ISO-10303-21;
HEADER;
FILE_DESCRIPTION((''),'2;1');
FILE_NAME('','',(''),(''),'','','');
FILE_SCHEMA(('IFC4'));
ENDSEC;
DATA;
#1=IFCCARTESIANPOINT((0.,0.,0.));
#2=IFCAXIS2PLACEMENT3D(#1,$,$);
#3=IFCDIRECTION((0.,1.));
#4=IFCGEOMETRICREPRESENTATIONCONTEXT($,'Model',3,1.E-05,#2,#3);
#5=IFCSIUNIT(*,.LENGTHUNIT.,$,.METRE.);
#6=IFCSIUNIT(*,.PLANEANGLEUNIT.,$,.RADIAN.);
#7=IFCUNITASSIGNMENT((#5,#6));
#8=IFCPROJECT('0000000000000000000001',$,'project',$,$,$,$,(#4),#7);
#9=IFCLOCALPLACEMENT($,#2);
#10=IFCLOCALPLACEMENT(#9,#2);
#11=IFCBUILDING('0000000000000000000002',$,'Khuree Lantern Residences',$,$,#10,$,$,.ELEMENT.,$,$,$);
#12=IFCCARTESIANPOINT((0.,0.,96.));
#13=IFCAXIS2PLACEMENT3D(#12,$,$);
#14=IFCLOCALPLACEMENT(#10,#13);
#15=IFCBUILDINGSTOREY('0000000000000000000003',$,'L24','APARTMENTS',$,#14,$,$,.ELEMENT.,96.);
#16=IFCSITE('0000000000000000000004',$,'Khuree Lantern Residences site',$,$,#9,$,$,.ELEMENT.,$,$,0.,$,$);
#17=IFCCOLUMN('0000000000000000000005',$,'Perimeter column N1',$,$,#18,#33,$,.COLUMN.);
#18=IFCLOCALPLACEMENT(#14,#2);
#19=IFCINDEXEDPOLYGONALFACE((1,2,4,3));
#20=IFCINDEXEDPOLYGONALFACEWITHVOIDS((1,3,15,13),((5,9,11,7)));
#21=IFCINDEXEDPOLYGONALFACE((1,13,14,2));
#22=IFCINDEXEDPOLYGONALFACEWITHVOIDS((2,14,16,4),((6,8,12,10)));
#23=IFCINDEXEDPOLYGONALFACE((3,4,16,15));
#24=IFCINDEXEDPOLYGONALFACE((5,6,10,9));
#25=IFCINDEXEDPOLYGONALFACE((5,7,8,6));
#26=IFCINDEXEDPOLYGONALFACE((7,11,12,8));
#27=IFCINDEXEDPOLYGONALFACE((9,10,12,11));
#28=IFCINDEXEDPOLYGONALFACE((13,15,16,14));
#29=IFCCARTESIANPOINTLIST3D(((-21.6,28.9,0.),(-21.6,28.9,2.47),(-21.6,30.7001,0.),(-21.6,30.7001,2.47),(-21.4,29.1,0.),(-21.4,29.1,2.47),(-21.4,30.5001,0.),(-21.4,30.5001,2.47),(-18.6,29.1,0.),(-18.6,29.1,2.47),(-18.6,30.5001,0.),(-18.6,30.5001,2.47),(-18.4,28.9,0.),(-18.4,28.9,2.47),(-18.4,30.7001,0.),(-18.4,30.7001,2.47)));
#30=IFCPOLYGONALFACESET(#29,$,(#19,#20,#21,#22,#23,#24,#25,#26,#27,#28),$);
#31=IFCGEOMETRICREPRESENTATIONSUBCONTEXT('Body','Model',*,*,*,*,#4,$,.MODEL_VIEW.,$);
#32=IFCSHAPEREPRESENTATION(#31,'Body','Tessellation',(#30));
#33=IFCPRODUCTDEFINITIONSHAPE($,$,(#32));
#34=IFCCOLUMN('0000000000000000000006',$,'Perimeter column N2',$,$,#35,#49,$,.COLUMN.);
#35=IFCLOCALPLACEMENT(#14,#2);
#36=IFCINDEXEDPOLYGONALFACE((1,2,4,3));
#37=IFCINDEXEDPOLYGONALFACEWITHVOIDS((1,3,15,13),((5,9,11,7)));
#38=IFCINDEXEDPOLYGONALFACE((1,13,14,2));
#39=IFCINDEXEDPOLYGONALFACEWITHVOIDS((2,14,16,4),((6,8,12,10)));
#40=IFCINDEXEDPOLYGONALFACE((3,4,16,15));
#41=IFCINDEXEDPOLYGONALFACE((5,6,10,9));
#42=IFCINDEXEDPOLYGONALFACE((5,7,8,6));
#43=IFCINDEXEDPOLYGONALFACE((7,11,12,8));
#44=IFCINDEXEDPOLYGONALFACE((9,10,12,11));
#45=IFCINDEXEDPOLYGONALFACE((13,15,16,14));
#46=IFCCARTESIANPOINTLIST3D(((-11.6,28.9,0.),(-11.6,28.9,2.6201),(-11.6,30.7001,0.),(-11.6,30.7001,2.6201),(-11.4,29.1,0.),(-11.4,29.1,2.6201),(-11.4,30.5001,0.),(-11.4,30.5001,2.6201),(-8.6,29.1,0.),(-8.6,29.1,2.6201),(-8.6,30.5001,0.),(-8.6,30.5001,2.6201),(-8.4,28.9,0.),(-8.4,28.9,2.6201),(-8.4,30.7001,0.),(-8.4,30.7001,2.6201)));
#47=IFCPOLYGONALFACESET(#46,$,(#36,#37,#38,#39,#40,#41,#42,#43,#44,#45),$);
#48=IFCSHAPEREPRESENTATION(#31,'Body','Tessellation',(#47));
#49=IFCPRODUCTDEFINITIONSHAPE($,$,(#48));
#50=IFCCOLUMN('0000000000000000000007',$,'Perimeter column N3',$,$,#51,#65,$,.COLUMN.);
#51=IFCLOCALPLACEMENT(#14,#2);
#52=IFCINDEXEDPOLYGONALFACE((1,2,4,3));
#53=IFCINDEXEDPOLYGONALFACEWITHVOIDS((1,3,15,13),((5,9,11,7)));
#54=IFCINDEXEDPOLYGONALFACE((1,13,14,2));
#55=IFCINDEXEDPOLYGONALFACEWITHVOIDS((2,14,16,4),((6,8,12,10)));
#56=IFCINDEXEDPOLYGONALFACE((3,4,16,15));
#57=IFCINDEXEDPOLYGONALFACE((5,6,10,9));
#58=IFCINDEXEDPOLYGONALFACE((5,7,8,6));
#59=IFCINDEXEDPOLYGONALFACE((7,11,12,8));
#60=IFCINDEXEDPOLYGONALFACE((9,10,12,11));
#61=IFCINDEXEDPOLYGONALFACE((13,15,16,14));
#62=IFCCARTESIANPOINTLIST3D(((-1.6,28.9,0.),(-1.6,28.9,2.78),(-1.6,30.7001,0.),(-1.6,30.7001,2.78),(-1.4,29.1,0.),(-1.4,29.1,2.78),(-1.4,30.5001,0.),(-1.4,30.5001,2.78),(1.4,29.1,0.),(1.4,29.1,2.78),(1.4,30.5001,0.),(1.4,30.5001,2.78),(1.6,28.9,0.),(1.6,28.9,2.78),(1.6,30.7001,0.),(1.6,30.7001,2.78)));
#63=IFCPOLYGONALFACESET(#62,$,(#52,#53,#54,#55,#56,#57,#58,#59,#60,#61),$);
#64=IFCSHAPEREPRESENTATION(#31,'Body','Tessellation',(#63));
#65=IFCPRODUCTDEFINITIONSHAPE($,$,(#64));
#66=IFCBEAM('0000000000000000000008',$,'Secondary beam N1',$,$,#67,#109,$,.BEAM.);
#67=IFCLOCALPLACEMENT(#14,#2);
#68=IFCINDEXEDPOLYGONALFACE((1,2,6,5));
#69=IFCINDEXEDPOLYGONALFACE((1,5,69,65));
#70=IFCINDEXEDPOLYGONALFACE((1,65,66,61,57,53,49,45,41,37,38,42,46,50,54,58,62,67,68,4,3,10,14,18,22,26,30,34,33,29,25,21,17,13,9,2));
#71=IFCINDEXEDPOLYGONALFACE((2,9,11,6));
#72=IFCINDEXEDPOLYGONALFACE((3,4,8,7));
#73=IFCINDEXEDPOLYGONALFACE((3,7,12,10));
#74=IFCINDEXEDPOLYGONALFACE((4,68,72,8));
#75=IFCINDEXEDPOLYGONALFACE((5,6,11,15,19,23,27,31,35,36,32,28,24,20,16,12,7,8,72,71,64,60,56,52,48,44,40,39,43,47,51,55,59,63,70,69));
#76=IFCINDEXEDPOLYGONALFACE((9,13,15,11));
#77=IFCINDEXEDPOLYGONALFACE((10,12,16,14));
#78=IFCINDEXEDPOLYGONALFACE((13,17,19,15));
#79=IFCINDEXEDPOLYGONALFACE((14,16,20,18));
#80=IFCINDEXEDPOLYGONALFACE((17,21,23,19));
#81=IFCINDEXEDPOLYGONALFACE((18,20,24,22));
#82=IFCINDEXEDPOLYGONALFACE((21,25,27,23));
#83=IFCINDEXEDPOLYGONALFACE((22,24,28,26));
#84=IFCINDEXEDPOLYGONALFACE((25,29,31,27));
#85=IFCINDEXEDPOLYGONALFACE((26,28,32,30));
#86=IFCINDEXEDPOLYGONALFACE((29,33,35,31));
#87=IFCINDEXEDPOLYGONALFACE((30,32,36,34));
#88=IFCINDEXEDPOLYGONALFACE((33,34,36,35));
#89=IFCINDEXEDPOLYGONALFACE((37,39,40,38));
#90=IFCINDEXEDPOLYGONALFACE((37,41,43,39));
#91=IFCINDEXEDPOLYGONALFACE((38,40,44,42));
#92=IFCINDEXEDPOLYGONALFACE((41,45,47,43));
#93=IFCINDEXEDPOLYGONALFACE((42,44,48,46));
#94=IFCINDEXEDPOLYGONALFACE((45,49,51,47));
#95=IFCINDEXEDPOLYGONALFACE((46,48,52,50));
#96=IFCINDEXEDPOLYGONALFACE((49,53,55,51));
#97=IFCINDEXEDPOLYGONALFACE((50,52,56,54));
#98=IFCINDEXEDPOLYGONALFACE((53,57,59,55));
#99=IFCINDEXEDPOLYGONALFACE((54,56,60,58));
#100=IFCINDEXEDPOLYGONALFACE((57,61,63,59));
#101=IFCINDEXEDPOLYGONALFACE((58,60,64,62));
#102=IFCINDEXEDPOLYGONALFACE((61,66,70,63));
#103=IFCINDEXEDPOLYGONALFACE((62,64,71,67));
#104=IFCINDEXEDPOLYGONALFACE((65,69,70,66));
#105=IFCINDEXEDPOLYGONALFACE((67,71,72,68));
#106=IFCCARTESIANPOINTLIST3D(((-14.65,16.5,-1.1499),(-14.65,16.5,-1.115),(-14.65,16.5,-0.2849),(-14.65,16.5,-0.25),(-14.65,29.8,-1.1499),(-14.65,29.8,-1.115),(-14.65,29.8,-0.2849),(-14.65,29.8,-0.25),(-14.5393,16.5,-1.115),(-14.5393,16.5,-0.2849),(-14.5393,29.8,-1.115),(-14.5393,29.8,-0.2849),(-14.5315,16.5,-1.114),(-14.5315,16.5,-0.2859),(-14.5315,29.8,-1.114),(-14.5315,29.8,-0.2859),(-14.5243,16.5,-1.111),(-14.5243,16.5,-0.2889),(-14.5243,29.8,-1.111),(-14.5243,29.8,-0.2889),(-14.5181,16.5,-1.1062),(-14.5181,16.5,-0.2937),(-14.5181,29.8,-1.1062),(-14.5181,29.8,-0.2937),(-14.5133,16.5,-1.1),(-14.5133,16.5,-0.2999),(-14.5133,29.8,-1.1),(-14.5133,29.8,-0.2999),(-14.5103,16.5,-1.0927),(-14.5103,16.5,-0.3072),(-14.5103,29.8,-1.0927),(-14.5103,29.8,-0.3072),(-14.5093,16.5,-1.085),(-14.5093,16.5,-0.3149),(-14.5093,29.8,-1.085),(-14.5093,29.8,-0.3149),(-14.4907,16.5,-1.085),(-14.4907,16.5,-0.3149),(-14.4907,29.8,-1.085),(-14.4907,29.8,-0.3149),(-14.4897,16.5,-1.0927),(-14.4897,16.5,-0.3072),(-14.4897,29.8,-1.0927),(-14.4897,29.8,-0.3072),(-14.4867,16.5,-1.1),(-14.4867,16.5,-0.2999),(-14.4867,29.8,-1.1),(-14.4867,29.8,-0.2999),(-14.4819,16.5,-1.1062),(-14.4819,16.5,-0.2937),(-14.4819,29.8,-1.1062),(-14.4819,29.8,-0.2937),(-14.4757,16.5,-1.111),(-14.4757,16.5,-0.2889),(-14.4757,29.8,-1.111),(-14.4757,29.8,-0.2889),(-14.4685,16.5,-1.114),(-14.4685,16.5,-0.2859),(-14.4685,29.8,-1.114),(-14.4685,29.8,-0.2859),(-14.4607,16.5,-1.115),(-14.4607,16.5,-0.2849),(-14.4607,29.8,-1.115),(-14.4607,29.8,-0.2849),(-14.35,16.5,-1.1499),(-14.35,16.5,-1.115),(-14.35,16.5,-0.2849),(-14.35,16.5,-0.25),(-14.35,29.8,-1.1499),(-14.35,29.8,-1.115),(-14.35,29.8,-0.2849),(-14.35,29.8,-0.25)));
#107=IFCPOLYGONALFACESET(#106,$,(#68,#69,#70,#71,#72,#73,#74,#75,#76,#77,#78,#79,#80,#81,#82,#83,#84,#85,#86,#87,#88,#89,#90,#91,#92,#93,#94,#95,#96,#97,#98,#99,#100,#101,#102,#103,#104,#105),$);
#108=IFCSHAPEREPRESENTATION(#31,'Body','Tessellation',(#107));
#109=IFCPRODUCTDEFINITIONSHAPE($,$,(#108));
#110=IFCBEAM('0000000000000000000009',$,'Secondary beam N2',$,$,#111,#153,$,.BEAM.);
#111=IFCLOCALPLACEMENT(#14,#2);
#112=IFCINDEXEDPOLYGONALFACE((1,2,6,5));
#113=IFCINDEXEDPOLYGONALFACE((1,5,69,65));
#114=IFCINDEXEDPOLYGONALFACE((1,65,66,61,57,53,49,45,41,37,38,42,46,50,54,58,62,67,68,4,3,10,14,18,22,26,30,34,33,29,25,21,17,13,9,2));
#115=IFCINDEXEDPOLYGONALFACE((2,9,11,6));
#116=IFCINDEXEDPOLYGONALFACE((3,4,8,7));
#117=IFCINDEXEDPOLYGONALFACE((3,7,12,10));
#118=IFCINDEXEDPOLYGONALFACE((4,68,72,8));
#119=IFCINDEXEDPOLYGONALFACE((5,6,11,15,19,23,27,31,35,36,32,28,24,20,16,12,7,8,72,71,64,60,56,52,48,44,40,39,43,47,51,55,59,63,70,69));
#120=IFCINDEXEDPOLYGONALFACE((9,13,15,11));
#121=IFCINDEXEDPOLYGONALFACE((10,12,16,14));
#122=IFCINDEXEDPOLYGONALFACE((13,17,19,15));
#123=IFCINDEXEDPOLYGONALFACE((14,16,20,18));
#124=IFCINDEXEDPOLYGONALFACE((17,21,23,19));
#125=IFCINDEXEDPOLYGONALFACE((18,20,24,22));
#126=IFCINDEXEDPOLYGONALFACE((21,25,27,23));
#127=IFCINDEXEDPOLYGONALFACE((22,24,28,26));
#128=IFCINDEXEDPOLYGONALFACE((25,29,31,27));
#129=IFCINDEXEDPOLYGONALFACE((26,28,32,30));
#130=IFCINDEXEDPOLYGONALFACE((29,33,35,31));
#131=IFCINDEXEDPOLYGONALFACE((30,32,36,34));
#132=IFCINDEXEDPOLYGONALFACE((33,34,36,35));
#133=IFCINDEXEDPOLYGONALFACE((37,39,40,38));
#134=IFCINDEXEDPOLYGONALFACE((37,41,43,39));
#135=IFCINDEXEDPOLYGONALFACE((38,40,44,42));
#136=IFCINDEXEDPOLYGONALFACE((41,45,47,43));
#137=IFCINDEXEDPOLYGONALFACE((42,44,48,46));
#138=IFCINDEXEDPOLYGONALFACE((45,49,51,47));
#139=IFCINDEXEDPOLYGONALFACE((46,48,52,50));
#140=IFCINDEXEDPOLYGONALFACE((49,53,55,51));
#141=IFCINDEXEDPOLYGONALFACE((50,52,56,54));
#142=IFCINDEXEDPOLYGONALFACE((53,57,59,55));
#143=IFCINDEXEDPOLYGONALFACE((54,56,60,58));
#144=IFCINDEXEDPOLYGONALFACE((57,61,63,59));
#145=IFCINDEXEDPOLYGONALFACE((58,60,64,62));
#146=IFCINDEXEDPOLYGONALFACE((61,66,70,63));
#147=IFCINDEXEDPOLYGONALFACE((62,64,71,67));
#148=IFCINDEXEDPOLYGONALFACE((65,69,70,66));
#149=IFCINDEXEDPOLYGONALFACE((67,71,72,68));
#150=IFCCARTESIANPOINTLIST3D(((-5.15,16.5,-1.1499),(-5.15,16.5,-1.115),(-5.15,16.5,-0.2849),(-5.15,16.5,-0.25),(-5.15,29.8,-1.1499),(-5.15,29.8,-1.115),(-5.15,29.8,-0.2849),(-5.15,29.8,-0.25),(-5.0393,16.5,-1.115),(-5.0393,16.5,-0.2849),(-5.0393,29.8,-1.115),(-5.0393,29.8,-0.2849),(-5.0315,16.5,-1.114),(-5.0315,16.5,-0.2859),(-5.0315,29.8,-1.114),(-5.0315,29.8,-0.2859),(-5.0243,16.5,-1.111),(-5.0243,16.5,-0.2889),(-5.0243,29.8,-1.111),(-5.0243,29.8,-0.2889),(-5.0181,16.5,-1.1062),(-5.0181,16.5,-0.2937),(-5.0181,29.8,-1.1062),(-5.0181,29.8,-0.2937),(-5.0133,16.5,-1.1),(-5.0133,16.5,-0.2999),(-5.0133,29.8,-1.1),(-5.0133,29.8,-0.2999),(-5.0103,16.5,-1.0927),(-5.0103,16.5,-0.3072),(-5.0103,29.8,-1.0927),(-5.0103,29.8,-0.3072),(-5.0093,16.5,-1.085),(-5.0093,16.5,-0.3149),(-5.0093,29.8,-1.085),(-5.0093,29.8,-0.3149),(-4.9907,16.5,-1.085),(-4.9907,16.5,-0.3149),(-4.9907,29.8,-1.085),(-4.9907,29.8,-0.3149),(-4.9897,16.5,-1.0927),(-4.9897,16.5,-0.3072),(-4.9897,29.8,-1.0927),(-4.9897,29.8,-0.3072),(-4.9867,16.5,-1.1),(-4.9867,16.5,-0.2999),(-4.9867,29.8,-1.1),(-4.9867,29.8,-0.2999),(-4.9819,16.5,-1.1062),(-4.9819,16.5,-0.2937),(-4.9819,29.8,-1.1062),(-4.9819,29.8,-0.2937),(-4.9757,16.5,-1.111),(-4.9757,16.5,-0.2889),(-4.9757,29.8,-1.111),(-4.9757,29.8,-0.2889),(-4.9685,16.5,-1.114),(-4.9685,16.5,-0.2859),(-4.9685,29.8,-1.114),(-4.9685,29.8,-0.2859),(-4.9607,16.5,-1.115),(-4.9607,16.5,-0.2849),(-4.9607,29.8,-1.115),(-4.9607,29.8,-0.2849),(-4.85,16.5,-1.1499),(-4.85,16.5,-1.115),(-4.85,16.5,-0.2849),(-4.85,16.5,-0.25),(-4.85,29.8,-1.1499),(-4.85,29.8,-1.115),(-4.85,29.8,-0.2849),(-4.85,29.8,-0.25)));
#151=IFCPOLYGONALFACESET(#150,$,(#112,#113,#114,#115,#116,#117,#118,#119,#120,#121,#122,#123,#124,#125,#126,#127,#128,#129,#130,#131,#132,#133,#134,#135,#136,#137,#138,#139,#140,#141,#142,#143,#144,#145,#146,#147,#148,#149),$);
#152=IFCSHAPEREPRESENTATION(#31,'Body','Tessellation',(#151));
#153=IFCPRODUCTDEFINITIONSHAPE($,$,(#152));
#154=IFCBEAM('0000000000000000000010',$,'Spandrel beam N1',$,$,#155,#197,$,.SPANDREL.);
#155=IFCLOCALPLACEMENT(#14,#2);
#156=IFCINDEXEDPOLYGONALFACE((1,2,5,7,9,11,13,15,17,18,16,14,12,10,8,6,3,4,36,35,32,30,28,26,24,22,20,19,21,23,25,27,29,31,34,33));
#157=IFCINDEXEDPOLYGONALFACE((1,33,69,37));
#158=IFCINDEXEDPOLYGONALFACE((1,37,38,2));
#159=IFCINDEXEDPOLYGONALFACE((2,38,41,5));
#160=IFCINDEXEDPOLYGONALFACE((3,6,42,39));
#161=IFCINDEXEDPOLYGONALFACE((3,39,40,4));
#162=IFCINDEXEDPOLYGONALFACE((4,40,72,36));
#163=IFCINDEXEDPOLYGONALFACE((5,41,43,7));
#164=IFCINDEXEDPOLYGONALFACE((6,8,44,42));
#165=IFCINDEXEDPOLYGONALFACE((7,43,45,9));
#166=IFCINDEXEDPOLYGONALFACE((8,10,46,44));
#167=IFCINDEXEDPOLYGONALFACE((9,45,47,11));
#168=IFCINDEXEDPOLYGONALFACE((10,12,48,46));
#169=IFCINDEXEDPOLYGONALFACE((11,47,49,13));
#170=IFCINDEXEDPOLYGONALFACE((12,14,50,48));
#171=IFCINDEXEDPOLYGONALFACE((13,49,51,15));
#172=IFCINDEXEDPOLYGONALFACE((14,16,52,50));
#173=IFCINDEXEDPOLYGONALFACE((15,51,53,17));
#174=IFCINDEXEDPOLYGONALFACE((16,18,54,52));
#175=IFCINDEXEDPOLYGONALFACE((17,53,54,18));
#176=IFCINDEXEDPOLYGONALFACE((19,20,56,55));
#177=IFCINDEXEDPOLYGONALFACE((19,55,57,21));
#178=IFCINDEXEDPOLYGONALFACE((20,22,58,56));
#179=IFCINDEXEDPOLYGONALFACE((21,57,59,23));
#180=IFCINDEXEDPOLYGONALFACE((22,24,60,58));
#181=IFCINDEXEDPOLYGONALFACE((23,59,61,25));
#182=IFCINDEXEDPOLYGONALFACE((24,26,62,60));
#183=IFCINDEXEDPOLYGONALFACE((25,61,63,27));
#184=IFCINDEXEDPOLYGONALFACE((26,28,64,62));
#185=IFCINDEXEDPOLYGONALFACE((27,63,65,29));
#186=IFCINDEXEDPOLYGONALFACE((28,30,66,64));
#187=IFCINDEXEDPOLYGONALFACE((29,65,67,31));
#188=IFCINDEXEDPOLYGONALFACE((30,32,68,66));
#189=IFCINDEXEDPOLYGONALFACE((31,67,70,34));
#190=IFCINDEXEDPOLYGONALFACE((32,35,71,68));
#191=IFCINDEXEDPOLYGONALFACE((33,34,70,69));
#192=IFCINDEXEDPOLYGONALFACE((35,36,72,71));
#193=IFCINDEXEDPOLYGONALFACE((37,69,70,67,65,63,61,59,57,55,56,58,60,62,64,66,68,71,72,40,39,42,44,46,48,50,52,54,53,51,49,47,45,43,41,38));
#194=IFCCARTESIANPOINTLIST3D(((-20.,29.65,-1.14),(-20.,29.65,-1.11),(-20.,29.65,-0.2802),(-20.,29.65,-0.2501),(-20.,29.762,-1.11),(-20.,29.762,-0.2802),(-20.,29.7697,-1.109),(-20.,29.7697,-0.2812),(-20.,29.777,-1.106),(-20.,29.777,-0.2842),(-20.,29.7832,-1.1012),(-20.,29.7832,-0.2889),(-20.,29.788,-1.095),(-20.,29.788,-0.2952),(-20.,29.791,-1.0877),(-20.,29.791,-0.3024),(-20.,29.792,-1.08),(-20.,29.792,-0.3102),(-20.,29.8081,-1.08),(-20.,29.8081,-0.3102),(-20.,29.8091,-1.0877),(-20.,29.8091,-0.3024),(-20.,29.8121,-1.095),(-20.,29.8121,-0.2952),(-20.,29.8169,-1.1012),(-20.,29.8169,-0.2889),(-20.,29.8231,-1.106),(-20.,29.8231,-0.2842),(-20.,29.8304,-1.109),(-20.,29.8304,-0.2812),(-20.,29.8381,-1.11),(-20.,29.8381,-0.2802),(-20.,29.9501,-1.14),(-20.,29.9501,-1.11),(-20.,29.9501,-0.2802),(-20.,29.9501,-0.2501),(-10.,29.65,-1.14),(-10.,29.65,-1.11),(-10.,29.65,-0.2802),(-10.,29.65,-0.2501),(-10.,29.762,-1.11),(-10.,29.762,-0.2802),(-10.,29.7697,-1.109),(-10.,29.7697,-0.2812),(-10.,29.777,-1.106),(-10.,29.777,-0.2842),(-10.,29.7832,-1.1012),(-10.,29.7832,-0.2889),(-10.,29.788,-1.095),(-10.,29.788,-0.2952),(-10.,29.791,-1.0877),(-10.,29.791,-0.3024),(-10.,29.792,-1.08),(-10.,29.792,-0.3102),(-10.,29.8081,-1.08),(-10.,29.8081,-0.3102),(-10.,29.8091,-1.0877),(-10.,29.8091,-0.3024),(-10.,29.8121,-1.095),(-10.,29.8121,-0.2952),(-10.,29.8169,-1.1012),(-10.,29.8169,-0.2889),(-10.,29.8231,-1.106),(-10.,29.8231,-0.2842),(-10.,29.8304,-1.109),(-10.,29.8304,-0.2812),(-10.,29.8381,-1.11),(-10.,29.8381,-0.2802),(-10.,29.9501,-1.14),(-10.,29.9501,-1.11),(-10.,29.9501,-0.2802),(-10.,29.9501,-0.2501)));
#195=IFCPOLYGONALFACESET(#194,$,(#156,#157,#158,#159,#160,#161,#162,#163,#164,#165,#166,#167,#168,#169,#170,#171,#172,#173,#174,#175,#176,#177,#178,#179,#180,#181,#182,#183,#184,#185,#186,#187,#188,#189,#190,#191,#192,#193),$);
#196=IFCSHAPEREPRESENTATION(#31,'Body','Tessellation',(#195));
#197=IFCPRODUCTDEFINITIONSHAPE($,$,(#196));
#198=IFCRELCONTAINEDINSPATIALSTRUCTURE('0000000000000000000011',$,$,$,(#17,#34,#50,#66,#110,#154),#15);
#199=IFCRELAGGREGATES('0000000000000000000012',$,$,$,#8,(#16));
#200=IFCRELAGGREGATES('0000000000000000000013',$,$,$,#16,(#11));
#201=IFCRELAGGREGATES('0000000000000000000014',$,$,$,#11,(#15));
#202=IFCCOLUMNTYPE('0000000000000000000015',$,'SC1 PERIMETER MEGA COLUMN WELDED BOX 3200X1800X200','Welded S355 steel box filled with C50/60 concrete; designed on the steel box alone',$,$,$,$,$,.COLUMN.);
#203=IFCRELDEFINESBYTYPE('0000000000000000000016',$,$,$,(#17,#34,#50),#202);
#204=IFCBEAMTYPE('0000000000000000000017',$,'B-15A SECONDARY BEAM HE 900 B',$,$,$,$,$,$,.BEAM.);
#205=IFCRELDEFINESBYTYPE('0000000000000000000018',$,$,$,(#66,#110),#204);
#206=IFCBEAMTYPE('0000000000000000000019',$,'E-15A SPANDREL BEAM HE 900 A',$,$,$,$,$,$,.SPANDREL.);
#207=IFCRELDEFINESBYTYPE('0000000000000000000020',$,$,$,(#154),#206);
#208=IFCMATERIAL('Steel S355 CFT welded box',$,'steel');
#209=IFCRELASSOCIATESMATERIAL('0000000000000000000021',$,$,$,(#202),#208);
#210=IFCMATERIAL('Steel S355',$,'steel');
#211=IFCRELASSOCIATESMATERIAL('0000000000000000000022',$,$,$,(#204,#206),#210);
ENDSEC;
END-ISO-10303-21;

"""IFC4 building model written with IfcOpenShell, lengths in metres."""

from ifc_helpers import new_model, si_unit, direction, frame, origin, origin_2d, place, context, subcontext, project, spatial, hollow_rectangle, i_section, extrude, material, material_profile, profile_set, type_object, element, save


model = new_model("IFC4")

# Units and contexts
model_context = context("Model", 3, precision=1e-05, world=origin(), true_north=direction((0.0, 1.0)))
body_context = subcontext(model_context, "Body", "Model", "MODEL_VIEW")
ifc_project = project(units=[si_unit("LENGTHUNIT", "METRE"), si_unit("PLANEANGLEUNIT", "RADIAN")], contexts=[model_context])

# Site, building, storey
site_placement = place(None, origin())
site = spatial("IfcSite", under=ifc_project, at=site_placement, Name="Khuree Lantern Residences site", CompositionType="ELEMENT", RefElevation=0.0)
building_placement = place(site_placement, origin())
building = spatial("IfcBuilding", under=site, at=building_placement, Name="Khuree Lantern Residences", CompositionType="ELEMENT")
storey_placement = place(building_placement, frame((0.0, 0.0, 96.0)))
storey = spatial("IfcBuildingStorey", under=building, at=storey_placement, Name="L24", Description="APARTMENTS", CompositionType="ELEMENT", Elevation=96.0)

# Columns
ifc_material_1 = material(Name="Steel S355 CFT welded box", Category="steel")
ifc_material_profile_1 = material_profile(ifc_material_1, hollow_rectangle(XDim=3.2, YDim=1.8, WallThickness=0.2, at=origin_2d()), Name="WELDED BOX 3200X1800X200")
ifc_profile_set_1 = profile_set([ifc_material_profile_1], Name="Steel S355 CFT welded box")
column_type = type_object("IfcColumnType", Name="SC1 PERIMETER MEGA COLUMN WELDED BOX 3200X1800X200", Description="Welded S355 steel box filled with C50/60 concrete; designed on the steel box alone", PredefinedType="COLUMN", material=ifc_profile_set_1)
column_1_placement = place(storey_placement, frame((-20.0, 29.8, 0.0), z_axis=(0.0, 0.0, 1.0), x_axis=(1.0, 0.0, 0.0)))
element("IfcColumn", 1, at=column_1_placement, inside=storey, type_object=column_type, Name="Perimeter column N1", PredefinedType="COLUMN", context=body_context, shape_type="SweptSolid", body=[
    extrude(hollow_rectangle(XDim=3.2, YDim=1.8, WallThickness=0.2, at=origin_2d()), origin(), (0.0, 0.0, 1.0), 2.47),
])
column_2_placement = place(storey_placement, frame((-10.0, 29.8, 0.0), z_axis=(0.0, 0.0, 1.0), x_axis=(1.0, 0.0, 0.0)))
element("IfcColumn", 2, at=column_2_placement, inside=storey, type_object=column_type, Name="Perimeter column N2", PredefinedType="COLUMN", context=body_context, shape_type="SweptSolid", body=[
    extrude(hollow_rectangle(XDim=3.2, YDim=1.8, WallThickness=0.2, at=origin_2d()), origin(), (0.0, 0.0, 1.0), 2.6201),
])
column_3_placement = place(storey_placement, frame((0.0, 29.8, 0.0), z_axis=(0.0, 0.0, 1.0), x_axis=(1.0, 0.0, 0.0)))
element("IfcColumn", 3, at=column_3_placement, inside=storey, type_object=column_type, Name="Perimeter column N3", PredefinedType="COLUMN", context=body_context, shape_type="SweptSolid", body=[
    extrude(hollow_rectangle(XDim=3.2, YDim=1.8, WallThickness=0.2, at=origin_2d()), origin(), (0.0, 0.0, 1.0), 2.78),
])

# Beams
ifc_material_2 = material(Name="Steel S355", Category="steel")
ifc_material_profile_2 = material_profile(ifc_material_2, i_section(OverallWidth=0.3, OverallDepth=0.8999, WebThickness=0.0186, FlangeThickness=0.0349, FilletRadius=0.03, at=origin_2d()), Name="HE 900 B")
ifc_profile_set_2 = profile_set([ifc_material_profile_2], Name="Steel S355")
beam_type_1 = type_object("IfcBeamType", Name="B-15A SECONDARY BEAM HE 900 B", PredefinedType="BEAM", material=ifc_profile_set_2)
for number, where, z_axis, x_axis, name in (
    (4, (-14.5, 29.8, -0.7), (0.0, -1.0, 0.0), (1.0, 0.0, 0.0), "Secondary beam N1"),
    (5, (-5.0, 29.8, -0.7), (0.0, -1.0, 0.0), (1.0, 0.0, 0.0), "Secondary beam N2"),
):
    element("IfcBeam", number, at=place(storey_placement, frame(where, z_axis=z_axis, x_axis=x_axis)), inside=storey, type_object=beam_type_1, Name=name, PredefinedType="BEAM", context=body_context, shape_type="SweptSolid", body=[
        extrude(i_section(OverallWidth=0.3, OverallDepth=0.8999, WebThickness=0.0186, FlangeThickness=0.0349, FilletRadius=0.03, at=origin_2d()), origin(), (0.0, 0.0, 1.0), 13.3),
    ])
ifc_material_profile_3 = material_profile(ifc_material_2, i_section(OverallWidth=0.3, OverallDepth=0.8899, WebThickness=0.0161, FlangeThickness=0.03, FilletRadius=0.03, at=origin_2d()), Name="HE 900 A")
ifc_profile_set_3 = profile_set([ifc_material_profile_3], Name="Steel S355")
beam_type_2 = type_object("IfcBeamType", Name="E-15A SPANDREL BEAM HE 900 A", PredefinedType="SPANDREL", material=ifc_profile_set_3)
for number, where, z_axis, x_axis, name in (
    (6, (-20.0, 29.8, -0.6951), (1.0, 0.0, 0.0), (0.0, 1.0, 0.0), "Spandrel beam N1"),
):
    element("IfcBeam", number, at=place(storey_placement, frame(where, z_axis=z_axis, x_axis=x_axis)), inside=storey, type_object=beam_type_2, Name=name, PredefinedType="SPANDREL", context=body_context, shape_type="SweptSolid", body=[
        extrude(i_section(OverallWidth=0.3, OverallDepth=0.8899, WebThickness=0.0161, FlangeThickness=0.03, FilletRadius=0.03, at=origin_2d()), origin(), (0.0, 0.0, 1.0), 10.0),
    ])

save(model, "model.ifc")
